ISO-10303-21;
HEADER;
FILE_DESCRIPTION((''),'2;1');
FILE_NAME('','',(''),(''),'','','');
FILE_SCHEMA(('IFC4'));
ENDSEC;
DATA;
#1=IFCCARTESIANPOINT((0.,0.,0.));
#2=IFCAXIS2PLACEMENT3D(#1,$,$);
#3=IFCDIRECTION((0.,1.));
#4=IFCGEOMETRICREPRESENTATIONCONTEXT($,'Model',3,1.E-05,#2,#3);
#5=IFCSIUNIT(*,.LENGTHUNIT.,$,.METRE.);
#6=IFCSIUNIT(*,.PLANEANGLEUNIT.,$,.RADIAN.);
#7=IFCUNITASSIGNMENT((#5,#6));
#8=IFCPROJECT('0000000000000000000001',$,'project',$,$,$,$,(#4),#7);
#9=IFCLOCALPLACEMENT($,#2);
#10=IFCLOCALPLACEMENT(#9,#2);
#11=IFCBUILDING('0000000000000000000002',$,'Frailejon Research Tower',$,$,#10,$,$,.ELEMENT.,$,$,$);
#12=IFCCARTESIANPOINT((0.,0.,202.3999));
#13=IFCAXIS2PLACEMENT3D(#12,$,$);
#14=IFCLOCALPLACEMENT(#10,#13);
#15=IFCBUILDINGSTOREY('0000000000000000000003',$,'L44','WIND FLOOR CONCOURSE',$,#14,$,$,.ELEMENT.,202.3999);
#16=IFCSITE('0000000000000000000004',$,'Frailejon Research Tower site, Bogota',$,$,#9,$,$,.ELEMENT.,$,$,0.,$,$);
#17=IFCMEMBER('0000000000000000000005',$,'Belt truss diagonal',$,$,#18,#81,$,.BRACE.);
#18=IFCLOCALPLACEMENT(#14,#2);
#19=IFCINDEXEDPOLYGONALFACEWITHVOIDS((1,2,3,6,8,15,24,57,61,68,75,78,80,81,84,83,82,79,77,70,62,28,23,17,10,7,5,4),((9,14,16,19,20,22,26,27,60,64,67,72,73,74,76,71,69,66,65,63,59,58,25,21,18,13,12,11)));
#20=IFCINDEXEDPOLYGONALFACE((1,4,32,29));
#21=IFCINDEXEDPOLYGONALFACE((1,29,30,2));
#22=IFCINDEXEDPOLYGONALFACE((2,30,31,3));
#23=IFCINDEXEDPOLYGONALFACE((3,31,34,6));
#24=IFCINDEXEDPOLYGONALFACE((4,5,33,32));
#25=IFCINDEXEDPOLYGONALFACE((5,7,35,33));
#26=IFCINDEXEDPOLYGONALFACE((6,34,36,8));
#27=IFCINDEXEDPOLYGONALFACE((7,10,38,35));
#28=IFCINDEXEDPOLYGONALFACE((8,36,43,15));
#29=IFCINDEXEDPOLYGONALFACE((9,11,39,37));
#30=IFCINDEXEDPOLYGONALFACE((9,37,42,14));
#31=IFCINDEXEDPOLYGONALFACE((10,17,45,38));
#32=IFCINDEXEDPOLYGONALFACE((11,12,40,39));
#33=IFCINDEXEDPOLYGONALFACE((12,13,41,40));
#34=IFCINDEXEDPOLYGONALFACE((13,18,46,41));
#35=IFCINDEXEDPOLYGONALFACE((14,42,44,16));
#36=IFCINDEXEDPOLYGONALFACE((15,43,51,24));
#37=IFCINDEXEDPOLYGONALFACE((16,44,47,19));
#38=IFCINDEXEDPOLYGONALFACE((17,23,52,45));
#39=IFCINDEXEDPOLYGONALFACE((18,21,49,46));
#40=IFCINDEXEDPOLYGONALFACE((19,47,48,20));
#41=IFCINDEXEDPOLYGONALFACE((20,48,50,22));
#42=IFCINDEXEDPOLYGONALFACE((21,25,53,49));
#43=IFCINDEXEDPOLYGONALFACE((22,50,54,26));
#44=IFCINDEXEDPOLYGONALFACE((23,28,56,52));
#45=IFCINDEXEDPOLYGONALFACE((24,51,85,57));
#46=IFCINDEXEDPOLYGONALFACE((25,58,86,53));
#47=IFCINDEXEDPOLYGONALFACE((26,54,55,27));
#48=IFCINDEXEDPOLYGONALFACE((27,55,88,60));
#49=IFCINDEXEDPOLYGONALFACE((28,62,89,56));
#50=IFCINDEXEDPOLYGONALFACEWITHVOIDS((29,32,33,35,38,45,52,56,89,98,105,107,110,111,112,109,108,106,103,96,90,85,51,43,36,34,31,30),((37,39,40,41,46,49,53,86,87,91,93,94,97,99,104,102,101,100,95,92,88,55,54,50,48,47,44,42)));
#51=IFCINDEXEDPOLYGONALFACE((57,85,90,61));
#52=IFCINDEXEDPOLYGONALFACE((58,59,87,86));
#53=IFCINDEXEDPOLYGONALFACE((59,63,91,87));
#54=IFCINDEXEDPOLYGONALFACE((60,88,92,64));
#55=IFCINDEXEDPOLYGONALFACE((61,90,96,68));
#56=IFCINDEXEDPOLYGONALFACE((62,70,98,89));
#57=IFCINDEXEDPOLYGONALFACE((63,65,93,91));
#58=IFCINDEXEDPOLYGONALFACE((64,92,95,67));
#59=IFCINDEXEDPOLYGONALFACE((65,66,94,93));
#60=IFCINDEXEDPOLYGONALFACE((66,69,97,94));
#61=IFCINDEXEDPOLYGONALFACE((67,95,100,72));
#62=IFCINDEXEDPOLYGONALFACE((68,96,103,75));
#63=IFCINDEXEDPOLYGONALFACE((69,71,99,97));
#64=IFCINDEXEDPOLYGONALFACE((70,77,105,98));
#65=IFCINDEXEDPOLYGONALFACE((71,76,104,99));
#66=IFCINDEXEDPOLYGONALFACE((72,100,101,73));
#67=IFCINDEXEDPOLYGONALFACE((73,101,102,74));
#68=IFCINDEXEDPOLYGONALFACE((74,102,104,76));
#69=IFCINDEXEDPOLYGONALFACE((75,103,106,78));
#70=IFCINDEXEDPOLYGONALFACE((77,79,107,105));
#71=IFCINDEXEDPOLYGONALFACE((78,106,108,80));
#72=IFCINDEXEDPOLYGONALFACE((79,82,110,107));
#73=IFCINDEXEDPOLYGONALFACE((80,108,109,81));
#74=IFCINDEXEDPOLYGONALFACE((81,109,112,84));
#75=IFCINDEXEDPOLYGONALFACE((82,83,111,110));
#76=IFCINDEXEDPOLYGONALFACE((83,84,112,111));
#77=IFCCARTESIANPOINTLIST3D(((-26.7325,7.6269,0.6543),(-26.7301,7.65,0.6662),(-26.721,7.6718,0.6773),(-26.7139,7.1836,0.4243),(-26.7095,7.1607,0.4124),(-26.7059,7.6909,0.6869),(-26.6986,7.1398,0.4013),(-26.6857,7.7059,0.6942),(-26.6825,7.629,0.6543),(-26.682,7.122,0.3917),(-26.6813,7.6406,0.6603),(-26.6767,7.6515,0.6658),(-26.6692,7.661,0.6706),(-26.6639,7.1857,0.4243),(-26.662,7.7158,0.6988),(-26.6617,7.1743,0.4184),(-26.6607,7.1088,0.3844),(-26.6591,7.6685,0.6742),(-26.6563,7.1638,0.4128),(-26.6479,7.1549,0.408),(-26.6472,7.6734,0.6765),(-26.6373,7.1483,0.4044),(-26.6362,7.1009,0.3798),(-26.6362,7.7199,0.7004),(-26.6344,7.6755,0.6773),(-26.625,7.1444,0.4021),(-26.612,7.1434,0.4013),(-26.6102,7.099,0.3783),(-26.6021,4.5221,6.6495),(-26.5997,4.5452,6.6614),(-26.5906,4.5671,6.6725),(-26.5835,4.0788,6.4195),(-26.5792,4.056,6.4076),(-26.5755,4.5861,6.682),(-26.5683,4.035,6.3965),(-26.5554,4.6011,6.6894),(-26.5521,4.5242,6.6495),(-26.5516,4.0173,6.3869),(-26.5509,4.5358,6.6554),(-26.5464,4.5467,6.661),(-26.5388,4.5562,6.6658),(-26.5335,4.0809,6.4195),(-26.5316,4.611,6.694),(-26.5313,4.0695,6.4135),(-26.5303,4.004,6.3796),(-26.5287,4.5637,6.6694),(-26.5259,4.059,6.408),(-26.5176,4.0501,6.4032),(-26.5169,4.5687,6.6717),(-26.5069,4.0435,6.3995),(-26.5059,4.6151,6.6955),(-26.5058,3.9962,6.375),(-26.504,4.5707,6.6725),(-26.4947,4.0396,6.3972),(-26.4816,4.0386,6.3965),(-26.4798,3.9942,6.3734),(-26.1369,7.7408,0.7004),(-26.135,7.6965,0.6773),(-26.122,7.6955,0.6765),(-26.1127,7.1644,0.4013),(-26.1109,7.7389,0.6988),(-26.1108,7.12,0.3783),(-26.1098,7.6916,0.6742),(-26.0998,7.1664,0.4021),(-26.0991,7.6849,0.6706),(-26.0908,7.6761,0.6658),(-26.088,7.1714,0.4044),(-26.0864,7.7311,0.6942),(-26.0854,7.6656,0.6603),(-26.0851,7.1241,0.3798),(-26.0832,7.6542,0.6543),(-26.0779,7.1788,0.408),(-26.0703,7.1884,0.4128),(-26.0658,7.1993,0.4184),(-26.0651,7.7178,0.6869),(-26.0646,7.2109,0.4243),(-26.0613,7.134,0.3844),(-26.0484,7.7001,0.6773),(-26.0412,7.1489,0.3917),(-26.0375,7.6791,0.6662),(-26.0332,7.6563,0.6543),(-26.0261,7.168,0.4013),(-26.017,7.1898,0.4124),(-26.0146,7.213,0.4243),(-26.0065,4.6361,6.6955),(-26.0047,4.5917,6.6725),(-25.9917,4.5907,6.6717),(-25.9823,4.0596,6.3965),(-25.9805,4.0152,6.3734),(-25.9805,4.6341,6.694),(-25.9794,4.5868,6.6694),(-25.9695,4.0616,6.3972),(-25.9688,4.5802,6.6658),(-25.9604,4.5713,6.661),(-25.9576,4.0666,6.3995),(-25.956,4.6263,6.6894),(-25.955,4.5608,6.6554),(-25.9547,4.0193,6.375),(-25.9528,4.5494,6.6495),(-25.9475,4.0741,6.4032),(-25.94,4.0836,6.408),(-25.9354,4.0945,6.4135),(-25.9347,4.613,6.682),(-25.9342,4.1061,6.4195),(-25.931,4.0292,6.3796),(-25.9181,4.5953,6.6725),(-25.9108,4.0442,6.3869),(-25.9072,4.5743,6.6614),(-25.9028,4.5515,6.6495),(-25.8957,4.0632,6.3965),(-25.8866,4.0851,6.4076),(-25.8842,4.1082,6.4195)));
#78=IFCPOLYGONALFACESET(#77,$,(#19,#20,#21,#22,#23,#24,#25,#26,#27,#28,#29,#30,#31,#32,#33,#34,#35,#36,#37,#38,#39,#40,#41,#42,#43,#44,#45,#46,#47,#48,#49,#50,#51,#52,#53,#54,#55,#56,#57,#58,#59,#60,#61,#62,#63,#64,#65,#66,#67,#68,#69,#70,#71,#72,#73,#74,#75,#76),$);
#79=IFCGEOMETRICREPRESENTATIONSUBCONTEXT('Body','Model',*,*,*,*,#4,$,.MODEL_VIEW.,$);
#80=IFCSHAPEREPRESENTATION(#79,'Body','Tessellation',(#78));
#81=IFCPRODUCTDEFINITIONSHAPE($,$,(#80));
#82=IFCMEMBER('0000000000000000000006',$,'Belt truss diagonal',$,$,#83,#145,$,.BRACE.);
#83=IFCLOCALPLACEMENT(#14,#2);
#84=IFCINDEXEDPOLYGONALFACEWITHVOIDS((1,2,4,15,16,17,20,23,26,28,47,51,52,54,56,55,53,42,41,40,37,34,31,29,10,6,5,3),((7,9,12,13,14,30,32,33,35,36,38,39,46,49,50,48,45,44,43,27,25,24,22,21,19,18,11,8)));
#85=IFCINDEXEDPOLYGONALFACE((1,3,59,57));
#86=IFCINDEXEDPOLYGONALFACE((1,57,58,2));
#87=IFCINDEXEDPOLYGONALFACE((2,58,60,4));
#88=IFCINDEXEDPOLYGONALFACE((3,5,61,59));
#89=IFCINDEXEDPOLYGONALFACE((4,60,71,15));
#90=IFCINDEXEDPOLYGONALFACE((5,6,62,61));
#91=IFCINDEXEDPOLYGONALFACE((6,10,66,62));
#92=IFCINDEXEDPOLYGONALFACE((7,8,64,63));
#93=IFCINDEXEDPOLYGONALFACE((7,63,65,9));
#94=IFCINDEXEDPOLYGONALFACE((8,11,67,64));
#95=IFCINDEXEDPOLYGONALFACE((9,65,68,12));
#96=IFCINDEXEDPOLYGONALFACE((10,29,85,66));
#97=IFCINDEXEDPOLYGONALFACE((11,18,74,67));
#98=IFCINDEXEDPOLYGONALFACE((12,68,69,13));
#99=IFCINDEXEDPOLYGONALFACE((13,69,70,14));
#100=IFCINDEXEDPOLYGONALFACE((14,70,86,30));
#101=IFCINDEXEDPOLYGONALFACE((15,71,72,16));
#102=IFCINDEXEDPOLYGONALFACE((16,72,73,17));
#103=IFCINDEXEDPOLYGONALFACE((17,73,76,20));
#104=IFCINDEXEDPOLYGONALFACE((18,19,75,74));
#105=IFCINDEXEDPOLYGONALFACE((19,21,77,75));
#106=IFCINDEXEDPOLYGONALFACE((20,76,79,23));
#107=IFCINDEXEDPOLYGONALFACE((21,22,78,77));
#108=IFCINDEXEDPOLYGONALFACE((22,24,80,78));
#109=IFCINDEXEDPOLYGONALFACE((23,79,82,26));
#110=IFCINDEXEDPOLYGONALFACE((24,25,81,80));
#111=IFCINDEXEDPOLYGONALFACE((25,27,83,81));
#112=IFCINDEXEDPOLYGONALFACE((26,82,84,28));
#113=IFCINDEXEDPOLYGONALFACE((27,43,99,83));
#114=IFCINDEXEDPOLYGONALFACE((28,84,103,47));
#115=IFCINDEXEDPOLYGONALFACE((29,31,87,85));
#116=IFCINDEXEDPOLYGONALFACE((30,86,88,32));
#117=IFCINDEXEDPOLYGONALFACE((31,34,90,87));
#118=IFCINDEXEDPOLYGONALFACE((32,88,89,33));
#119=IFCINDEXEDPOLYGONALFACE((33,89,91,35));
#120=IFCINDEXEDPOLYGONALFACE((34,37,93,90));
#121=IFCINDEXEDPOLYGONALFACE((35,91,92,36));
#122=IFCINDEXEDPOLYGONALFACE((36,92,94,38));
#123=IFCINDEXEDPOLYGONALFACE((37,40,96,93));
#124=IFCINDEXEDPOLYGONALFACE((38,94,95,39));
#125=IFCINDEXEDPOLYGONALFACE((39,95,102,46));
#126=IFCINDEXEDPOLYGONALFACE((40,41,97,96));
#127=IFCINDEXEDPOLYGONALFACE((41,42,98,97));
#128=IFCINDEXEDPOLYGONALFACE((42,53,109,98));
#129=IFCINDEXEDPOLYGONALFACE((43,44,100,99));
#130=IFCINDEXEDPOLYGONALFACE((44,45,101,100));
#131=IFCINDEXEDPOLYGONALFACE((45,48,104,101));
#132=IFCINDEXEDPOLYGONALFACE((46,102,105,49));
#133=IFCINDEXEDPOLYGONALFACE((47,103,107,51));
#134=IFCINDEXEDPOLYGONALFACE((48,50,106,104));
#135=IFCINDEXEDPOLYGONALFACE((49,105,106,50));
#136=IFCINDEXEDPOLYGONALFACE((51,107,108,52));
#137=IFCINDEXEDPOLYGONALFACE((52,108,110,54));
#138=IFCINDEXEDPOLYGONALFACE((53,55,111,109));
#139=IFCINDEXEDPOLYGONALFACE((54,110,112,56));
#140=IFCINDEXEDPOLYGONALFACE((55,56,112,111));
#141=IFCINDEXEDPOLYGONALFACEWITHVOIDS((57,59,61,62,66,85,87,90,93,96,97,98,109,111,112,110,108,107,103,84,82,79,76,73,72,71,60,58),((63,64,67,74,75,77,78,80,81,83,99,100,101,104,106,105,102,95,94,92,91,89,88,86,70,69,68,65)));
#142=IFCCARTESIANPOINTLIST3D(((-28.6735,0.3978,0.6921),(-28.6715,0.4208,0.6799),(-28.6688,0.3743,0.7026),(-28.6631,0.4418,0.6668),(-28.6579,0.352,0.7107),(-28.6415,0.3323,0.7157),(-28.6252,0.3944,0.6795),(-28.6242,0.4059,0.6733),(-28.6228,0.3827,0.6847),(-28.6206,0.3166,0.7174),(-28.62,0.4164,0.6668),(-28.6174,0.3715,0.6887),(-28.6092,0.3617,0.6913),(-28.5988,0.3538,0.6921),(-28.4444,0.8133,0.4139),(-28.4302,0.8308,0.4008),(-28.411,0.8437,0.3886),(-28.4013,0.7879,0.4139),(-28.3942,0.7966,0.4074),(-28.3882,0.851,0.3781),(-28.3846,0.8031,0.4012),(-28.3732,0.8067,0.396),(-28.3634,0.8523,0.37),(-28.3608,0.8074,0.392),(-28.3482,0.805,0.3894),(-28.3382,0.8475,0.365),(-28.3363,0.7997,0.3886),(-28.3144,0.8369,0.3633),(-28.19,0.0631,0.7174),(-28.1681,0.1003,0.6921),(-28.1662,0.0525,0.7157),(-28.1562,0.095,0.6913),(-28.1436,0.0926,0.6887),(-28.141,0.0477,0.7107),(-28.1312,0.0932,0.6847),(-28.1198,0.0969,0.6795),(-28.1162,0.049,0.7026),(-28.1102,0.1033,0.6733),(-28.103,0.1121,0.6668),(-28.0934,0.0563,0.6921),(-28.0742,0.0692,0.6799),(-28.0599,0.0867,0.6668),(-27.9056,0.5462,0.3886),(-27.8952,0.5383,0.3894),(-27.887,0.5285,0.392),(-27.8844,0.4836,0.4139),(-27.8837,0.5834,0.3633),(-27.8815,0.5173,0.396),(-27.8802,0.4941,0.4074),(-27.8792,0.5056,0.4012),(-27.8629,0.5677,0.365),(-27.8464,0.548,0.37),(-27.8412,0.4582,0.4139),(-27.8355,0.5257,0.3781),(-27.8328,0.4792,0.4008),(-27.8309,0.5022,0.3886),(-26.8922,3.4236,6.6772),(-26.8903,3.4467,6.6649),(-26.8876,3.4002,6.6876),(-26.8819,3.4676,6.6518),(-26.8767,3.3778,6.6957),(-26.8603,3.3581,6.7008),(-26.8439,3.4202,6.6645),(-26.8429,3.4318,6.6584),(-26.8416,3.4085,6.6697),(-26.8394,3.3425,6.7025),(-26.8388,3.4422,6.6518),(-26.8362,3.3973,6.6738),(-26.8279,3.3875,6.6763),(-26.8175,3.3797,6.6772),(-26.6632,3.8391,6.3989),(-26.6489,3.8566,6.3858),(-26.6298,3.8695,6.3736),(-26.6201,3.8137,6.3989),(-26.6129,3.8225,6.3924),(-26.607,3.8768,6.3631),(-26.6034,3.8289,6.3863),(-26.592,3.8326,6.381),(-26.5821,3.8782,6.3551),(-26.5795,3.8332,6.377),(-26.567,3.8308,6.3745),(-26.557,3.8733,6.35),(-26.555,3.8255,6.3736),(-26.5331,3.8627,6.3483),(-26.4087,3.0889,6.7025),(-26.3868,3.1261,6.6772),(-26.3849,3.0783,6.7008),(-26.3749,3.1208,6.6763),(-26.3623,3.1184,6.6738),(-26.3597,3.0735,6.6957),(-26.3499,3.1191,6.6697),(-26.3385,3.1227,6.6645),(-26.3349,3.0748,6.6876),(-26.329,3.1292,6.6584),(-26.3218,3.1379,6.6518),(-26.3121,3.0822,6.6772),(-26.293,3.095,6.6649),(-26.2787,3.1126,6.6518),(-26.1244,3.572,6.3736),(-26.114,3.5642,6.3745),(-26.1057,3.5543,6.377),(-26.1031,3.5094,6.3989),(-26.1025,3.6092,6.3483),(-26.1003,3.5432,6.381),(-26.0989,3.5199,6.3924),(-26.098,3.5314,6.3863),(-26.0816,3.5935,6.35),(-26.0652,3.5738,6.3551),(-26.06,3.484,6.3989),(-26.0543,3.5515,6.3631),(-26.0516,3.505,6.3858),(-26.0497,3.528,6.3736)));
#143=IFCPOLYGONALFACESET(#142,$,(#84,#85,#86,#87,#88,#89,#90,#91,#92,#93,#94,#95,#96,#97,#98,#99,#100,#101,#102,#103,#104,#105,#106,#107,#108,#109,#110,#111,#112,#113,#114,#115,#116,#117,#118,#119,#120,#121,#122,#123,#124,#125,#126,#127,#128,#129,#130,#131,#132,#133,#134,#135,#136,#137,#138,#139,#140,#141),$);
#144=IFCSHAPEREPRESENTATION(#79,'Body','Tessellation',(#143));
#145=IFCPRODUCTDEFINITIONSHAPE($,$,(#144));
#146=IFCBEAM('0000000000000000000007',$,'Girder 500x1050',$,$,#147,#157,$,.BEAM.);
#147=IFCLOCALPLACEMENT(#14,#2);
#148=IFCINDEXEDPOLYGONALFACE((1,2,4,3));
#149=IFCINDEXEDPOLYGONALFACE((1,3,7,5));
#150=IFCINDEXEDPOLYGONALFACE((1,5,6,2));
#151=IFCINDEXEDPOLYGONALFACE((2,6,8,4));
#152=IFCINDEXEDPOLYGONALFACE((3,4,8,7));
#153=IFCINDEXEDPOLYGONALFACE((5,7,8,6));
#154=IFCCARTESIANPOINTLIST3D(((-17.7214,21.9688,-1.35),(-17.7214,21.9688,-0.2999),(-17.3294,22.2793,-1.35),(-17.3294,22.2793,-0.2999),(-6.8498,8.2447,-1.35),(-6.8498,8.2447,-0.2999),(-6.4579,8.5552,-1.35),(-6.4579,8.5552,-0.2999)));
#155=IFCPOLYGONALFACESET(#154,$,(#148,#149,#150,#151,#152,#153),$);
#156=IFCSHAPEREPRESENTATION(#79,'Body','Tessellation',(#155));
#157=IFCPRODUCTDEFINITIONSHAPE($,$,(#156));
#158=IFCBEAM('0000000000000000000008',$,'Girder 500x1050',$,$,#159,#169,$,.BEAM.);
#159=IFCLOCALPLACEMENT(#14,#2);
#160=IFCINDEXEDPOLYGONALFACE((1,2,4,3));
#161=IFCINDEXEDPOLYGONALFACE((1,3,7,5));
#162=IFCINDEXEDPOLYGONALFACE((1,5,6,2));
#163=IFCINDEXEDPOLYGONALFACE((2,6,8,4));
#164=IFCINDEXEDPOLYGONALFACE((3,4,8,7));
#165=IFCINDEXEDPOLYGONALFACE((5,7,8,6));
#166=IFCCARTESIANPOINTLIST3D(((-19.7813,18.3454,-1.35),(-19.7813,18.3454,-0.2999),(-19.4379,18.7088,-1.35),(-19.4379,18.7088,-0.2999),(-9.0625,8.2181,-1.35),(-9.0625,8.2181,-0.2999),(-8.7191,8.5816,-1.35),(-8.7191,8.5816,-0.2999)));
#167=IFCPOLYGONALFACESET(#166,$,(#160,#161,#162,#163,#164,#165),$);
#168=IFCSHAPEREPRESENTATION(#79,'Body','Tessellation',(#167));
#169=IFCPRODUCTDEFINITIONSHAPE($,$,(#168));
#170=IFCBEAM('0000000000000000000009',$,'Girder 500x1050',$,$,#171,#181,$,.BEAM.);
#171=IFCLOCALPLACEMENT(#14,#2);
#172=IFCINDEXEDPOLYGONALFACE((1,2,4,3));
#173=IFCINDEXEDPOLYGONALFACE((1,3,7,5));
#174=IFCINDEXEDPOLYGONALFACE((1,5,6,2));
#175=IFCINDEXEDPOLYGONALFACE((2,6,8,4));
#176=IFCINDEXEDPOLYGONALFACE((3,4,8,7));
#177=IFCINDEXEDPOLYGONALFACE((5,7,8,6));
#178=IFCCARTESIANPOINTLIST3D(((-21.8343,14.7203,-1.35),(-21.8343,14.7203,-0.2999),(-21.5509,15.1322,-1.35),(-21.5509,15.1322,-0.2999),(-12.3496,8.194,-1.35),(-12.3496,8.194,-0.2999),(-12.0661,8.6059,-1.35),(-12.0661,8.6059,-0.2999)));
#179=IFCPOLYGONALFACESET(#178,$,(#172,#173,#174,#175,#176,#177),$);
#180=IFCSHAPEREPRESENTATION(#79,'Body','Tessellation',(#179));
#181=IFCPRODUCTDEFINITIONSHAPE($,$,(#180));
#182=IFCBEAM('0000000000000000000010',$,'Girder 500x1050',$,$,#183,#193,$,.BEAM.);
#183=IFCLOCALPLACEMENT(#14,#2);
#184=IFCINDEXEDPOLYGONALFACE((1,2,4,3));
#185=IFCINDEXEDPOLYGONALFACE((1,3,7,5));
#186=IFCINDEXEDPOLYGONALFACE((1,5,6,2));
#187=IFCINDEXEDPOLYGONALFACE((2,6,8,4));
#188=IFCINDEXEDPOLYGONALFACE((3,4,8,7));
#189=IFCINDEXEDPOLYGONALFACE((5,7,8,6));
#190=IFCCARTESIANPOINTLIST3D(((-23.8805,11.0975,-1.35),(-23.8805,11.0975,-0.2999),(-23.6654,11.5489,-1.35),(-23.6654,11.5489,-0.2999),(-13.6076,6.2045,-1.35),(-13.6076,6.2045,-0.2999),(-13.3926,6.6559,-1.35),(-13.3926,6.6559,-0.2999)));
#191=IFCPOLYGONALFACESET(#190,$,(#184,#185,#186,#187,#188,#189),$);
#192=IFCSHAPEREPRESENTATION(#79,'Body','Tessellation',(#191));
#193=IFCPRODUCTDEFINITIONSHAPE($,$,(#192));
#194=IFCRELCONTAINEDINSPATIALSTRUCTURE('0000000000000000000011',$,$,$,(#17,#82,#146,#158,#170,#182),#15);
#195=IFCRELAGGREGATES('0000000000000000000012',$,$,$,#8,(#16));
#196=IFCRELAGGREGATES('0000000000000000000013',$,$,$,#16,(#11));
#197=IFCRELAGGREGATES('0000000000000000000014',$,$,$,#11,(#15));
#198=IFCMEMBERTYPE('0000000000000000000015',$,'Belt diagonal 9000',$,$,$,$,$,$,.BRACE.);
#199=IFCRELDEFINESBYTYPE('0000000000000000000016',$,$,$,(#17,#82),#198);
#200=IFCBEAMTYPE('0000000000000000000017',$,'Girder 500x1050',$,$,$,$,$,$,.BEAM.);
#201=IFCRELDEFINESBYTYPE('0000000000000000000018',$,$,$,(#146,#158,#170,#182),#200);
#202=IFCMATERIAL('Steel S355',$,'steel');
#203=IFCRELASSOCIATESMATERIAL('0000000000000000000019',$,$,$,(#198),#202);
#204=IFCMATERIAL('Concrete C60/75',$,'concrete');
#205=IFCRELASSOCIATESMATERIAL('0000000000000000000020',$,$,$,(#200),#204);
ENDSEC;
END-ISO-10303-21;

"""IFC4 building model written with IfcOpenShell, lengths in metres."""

from ifc_helpers import new_model, si_unit, direction, frame, origin, origin_2d, place, context, subcontext, project, spatial, rectangle, hollow_rectangle, extrude, material, material_profile, profile_set, type_object, element, save


model = new_model("IFC4")

# Units and contexts
model_context = context("Model", 3, precision=1e-05, world=origin(), true_north=direction((0.0, 1.0)))
body_context = subcontext(model_context, "Body", "Model", "MODEL_VIEW")
ifc_project = project(units=[si_unit("LENGTHUNIT", "METRE"), si_unit("PLANEANGLEUNIT", "RADIAN")], contexts=[model_context])

# Site, building, storey
site_placement = place(None, origin())
site = spatial("IfcSite", under=ifc_project, at=site_placement, Name="Frailejon Research Tower site, Bogota", CompositionType="ELEMENT", RefElevation=0.0)
building_placement = place(site_placement, origin())
building = spatial("IfcBuilding", under=site, at=building_placement, Name="Frailejon Research Tower", CompositionType="ELEMENT")
storey_placement = place(building_placement, frame((0.0, 0.0, 202.3999)))
storey = spatial("IfcBuildingStorey", under=building, at=storey_placement, Name="L44", Description="WIND FLOOR CONCOURSE", CompositionType="ELEMENT", Elevation=202.3999)

# Members
ifc_material_1 = material(Name="Steel S355", Category="steel")
ifc_material_profile_1 = material_profile(ifc_material_1, hollow_rectangle(XDim=0.7, YDim=0.7, WallThickness=0.05, InnerFilletRadius=0.05, OuterFilletRadius=0.1001, at=origin_2d()), Name="Belt diagonal 9000")
ifc_profile_set_1 = profile_set([ifc_material_profile_1], Name="Steel S355")
member_type = type_object("IfcMemberType", Name="Belt diagonal 9000", PredefinedType="BRACE", material=ifc_profile_set_1)
member_1_placement = place(storey_placement, frame((-26.3735, 7.4199, 0.5393), z_axis=(0.019307, -0.459783, 0.887822), x_axis=(0.99912, 0.041954, 0.0)))
element("IfcMember", 1, at=member_1_placement, inside=storey, type_object=member_type, Name="Belt truss diagonal", PredefinedType="BRACE", context=body_context, shape_type="SweptSolid", body=[
    extrude(hollow_rectangle(XDim=0.7, YDim=0.7, WallThickness=0.05, InnerFilletRadius=0.05, OuterFilletRadius=0.1001, at=origin_2d()), origin(), (0.0, 0.0, 1.0), 6.7527),
])
member_2_placement = place(storey_placement, frame((-26.4709, 3.4758, 6.5254), z_axis=(-0.2567, -0.436066, -0.862526), x_axis=(0.86177, -0.5073, 0.0)))
element("IfcMember", 2, at=member_2_placement, inside=storey, type_object=member_type, Name="Belt truss diagonal", PredefinedType="BRACE", context=body_context, shape_type="SweptSolid", body=[
    extrude(hollow_rectangle(XDim=0.7, YDim=0.7, WallThickness=0.05, InnerFilletRadius=0.05, OuterFilletRadius=0.1001, at=origin_2d()), origin(), (0.0, 0.0, 1.0), 6.939),
])

# Beams
ifc_material_2 = material(Name="Concrete C60/75", Category="concrete")
ifc_material_profile_2 = material_profile(ifc_material_2, rectangle(XDim=0.5, YDim=1.05, at=origin_2d()), Name="Girder 500x1050")
ifc_profile_set_2 = profile_set([ifc_material_profile_2], Name="Concrete C60/75")
beam_type_1 = type_object("IfcBeamType", Name="Girder 500x1050", PredefinedType="BEAM", material=ifc_profile_set_2)
beam_1_placement = place(storey_placement, frame((-17.5254, 22.124, -0.825), z_axis=(0.620937, -0.783861, 0.0), x_axis=(0.783861, 0.620937, 0.0)))
element("IfcBeam", 3, at=beam_1_placement, inside=storey, type_object=beam_type_1, Name="Girder 500x1050", PredefinedType="BEAM", context=body_context, shape_type="SweptSolid", body=[
    extrude(rectangle(XDim=0.5, YDim=1.05, at=origin_2d()), origin(), (0.0, 0.0, 1.0), 17.5083),
])
beam_2_placement = place(storey_placement, frame((-19.6096, 18.5271, -0.825), z_axis=(0.72688, -0.686765, 0.0), x_axis=(0.686765, 0.72688, 0.0)))
element("IfcBeam", 4, at=beam_2_placement, inside=storey, type_object=beam_type_1, Name="Girder 500x1050", PredefinedType="BEAM", context=body_context, shape_type="SweptSolid", body=[
    extrude(rectangle(XDim=0.5, YDim=1.05, at=origin_2d()), origin(), (0.0, 0.0, 1.0), 14.7463),
])
beam_3_placement = place(storey_placement, frame((-21.6926, 14.9263, -0.825), z_axis=(0.823818, -0.566855, 0.0), x_axis=(0.566855, 0.823818, 0.0)))
element("IfcBeam", 5, at=beam_3_placement, inside=storey, type_object=beam_type_1, Name="Girder 500x1050", PredefinedType="BEAM", context=body_context, shape_type="SweptSolid", body=[
    extrude(rectangle(XDim=0.5, YDim=1.05, at=origin_2d()), origin(), (0.0, 0.0, 1.0), 11.5132),
])
beam_4_placement = place(storey_placement, frame((-23.7729, 11.3232, -0.825), z_axis=(0.90282, -0.430019, 0.0), x_axis=(0.430019, 0.90282, 0.0)))
element("IfcBeam", 6, at=beam_4_placement, inside=storey, type_object=beam_type_1, Name="Girder 500x1050", PredefinedType="BEAM", context=body_context, shape_type="SweptSolid", body=[
    extrude(rectangle(XDim=0.5, YDim=1.05, at=origin_2d()), origin(), (0.0, 0.0, 1.0), 11.3787),
])

save(model, "model.ifc")
